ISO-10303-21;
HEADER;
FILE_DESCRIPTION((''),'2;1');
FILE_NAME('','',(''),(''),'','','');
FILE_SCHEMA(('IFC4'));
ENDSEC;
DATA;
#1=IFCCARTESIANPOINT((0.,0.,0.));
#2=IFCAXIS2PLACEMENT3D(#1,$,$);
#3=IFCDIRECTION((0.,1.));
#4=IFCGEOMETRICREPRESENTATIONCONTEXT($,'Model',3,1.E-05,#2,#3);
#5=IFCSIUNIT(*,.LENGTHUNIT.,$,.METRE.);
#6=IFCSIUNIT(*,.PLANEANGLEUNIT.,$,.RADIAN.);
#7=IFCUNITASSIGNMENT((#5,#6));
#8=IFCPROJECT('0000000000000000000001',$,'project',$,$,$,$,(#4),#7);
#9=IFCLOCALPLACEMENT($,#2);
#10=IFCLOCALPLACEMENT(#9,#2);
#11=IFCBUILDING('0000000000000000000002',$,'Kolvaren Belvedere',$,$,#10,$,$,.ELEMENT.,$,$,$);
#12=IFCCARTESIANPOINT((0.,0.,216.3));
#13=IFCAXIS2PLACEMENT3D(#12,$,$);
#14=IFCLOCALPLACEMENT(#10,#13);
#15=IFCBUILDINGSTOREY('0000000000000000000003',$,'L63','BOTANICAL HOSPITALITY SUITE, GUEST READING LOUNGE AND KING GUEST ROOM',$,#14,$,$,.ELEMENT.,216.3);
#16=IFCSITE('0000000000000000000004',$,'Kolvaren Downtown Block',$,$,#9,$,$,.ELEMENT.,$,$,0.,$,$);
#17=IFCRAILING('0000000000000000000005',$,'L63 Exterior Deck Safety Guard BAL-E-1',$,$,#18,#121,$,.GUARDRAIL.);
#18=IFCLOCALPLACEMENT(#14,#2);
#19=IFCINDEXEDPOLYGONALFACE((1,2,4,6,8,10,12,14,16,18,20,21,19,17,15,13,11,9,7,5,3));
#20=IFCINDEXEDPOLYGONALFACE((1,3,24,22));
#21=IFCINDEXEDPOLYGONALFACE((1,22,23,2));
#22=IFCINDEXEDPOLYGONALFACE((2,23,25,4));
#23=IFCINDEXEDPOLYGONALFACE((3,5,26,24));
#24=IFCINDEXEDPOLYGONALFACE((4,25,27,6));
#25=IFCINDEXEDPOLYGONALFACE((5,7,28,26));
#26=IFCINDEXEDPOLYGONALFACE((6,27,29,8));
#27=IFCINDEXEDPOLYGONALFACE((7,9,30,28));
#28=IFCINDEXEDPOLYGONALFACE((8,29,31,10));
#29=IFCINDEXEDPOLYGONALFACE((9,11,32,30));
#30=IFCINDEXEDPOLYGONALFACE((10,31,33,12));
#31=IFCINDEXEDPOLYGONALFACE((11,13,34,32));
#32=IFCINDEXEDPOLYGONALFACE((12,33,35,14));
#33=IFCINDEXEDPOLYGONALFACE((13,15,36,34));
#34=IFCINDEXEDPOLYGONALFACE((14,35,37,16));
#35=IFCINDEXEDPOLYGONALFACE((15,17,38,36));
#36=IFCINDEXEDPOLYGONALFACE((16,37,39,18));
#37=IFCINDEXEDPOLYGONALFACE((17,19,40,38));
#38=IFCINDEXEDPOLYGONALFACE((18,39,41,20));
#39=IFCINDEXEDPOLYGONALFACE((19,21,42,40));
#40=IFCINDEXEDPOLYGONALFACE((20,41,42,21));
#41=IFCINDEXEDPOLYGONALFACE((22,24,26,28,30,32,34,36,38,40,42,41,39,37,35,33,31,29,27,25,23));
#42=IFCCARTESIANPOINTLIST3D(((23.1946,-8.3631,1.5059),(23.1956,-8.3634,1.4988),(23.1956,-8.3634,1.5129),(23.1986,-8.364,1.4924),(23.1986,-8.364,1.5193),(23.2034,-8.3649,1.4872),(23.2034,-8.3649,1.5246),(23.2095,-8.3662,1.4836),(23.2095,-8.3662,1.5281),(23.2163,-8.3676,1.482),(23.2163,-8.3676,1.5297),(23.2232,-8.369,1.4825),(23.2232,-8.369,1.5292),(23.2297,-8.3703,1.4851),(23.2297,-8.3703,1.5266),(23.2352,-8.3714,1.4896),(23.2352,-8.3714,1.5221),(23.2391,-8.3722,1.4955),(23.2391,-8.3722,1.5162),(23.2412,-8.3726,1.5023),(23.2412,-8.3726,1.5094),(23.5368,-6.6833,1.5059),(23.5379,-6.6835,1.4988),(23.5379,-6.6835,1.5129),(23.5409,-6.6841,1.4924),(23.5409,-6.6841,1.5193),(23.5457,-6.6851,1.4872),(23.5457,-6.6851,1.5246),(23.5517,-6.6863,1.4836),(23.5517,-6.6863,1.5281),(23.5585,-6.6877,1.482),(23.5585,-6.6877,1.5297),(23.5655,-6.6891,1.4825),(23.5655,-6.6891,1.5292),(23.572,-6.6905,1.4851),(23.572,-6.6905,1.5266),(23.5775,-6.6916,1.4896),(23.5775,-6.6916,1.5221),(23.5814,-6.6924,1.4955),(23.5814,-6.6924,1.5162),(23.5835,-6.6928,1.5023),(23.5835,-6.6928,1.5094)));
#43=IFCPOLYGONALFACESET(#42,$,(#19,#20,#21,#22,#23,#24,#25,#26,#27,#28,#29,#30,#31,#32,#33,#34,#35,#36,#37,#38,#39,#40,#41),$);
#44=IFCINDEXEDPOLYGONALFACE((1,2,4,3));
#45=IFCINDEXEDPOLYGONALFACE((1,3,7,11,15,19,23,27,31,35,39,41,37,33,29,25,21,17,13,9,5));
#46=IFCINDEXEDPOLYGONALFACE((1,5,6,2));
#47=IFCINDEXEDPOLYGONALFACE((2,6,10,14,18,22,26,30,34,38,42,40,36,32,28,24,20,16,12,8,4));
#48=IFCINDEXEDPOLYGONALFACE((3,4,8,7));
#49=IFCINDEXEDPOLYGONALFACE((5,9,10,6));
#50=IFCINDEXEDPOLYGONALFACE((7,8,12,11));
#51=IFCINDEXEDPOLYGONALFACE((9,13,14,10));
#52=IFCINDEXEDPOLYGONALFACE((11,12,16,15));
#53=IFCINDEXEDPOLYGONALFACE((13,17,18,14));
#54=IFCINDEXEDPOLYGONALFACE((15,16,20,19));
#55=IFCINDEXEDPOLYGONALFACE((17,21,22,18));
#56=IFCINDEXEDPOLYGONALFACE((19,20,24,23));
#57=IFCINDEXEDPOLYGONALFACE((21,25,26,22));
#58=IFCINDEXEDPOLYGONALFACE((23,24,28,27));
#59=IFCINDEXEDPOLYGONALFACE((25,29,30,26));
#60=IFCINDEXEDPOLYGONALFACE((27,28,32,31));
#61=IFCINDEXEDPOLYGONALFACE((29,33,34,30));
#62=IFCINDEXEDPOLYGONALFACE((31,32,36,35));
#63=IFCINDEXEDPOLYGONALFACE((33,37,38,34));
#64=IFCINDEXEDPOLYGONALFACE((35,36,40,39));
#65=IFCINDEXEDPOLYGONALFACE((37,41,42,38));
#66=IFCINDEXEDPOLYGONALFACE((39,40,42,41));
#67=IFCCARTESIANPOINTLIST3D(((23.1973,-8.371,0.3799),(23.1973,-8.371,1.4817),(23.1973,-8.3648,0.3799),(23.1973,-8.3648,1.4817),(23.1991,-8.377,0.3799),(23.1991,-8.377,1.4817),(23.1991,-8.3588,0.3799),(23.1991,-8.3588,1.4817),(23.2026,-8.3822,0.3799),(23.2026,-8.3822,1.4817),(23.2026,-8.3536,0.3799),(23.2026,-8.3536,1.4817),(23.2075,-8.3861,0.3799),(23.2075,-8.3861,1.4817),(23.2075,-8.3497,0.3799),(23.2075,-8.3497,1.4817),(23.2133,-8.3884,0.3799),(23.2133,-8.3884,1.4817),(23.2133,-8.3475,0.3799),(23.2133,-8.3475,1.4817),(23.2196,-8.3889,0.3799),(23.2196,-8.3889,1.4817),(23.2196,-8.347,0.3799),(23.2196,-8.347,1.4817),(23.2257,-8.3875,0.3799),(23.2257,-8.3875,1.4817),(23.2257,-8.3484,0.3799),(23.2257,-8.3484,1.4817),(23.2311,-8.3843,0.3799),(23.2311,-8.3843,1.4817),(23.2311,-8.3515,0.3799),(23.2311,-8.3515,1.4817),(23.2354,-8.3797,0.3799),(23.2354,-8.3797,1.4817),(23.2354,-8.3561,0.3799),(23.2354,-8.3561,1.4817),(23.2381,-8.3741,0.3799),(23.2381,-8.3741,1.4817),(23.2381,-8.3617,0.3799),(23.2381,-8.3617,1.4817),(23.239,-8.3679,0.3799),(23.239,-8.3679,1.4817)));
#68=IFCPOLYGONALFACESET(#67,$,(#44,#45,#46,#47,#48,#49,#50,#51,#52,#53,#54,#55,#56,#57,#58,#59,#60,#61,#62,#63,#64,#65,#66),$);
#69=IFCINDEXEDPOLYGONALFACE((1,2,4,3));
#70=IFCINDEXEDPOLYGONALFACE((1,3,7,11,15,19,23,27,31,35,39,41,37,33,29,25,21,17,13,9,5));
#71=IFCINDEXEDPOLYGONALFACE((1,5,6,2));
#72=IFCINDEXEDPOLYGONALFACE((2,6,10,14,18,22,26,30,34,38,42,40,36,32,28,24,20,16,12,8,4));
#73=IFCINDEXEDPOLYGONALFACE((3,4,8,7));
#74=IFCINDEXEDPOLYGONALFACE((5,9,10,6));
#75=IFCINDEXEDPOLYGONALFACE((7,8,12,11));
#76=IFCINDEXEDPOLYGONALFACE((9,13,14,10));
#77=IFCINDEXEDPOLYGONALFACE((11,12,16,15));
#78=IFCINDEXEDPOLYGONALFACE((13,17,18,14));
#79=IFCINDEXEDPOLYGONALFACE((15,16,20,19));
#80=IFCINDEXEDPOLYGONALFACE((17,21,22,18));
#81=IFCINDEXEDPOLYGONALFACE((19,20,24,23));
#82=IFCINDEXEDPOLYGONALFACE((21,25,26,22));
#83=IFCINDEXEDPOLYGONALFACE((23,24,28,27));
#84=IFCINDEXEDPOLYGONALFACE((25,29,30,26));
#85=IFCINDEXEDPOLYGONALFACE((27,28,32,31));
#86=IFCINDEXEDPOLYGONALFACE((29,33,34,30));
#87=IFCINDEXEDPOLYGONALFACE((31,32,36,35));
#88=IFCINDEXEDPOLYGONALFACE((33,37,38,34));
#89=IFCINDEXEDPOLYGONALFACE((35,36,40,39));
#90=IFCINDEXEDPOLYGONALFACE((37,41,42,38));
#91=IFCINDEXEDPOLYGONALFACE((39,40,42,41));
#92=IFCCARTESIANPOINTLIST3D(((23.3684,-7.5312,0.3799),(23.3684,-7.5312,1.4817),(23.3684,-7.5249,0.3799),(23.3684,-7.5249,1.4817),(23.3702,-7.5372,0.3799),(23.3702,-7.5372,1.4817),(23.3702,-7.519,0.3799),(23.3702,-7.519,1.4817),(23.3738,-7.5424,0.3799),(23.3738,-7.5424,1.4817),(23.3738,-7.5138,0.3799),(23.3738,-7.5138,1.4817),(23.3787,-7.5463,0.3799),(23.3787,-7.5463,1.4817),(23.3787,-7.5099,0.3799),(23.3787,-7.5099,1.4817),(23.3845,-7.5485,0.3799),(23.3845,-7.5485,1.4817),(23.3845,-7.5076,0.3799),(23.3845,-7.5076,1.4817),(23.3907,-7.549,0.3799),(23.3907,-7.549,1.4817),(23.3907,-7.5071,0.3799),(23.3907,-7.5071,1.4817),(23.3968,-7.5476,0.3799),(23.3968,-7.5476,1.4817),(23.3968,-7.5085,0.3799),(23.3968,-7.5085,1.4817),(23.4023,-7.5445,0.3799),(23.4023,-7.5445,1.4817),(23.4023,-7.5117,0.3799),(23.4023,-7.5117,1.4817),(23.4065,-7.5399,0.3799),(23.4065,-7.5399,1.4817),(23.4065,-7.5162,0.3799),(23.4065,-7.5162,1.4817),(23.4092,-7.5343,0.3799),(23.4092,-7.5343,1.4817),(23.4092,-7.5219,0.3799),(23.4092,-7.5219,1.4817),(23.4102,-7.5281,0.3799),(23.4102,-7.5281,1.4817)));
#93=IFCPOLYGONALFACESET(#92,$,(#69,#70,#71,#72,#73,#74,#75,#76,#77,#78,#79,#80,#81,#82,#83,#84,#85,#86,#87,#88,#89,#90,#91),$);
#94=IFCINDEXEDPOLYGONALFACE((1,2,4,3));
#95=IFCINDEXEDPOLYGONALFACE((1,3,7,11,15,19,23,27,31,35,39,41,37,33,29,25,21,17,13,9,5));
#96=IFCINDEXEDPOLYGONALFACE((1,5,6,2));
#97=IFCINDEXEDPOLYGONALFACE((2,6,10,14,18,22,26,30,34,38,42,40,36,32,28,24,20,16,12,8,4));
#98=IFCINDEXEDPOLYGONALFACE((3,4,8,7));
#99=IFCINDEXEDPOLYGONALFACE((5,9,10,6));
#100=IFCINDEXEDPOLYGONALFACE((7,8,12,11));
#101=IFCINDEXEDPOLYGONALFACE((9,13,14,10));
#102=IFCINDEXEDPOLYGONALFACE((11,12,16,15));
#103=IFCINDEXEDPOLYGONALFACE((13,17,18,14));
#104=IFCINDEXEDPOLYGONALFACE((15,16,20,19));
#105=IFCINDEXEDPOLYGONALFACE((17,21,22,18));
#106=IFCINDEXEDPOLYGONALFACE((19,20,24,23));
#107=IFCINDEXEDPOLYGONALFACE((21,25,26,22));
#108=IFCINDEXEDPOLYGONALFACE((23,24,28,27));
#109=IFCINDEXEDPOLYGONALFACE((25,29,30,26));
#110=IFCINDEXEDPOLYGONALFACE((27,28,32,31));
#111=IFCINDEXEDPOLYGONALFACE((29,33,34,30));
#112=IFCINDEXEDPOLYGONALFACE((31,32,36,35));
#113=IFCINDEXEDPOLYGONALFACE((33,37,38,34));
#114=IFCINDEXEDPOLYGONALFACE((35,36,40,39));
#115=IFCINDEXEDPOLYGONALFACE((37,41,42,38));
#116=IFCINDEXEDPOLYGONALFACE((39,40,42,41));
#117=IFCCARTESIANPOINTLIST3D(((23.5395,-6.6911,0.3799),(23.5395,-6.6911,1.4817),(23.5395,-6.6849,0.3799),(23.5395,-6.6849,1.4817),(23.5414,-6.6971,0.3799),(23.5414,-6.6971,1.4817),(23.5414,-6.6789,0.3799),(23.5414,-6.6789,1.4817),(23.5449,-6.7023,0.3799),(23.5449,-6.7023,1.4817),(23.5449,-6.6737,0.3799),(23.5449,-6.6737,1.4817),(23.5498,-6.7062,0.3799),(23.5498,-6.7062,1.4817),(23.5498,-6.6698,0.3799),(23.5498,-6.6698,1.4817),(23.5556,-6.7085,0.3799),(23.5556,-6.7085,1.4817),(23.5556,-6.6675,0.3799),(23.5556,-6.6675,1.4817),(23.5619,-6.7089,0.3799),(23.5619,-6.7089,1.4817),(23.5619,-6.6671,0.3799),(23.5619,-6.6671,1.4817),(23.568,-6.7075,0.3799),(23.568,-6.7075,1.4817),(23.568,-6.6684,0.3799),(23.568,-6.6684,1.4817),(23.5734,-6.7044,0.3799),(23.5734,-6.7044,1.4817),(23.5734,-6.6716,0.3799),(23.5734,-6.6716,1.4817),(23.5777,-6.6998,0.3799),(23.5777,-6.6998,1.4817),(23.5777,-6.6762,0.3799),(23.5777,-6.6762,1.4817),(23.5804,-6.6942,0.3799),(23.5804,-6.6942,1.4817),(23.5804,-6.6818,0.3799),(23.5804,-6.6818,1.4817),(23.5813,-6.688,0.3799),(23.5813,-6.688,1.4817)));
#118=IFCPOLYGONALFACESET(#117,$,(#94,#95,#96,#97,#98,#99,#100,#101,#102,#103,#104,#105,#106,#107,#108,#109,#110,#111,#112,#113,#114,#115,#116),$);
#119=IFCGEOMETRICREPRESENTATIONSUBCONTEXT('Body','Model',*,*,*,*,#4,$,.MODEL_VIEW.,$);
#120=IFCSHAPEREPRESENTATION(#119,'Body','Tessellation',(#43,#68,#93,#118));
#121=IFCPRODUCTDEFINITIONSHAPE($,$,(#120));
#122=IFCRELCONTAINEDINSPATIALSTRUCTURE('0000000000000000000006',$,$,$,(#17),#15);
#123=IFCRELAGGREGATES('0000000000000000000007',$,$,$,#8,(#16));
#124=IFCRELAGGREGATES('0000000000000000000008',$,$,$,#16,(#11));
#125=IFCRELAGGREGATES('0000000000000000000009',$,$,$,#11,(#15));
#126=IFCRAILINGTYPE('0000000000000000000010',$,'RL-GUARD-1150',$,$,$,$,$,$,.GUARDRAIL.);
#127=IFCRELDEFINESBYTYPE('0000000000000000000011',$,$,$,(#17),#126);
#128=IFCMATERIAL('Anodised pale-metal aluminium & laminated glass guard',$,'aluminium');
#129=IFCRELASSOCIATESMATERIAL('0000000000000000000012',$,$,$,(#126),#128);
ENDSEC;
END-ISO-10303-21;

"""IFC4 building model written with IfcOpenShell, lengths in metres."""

from ifc_helpers import new_model, si_unit, direction, frame, origin, origin_2d, place, context, subcontext, project, spatial, circle, extrude, material, type_object, element, save


model = new_model("IFC4")

# Units and contexts
model_context = context("Model", 3, precision=1e-05, world=origin(), true_north=direction((0.0, 1.0)))
body_context = subcontext(model_context, "Body", "Model", "MODEL_VIEW")
ifc_project = project(units=[si_unit("LENGTHUNIT", "METRE"), si_unit("PLANEANGLEUNIT", "RADIAN")], contexts=[model_context])

# Site, building, storey
site_placement = place(None, origin())
site = spatial("IfcSite", under=ifc_project, at=site_placement, Name="Kolvaren Downtown Block", CompositionType="ELEMENT", RefElevation=0.0)
building_placement = place(site_placement, origin())
building = spatial("IfcBuilding", under=site, at=building_placement, Name="Kolvaren Belvedere", CompositionType="ELEMENT")
storey_placement = place(building_placement, frame((0.0, 0.0, 216.3)))
storey = spatial("IfcBuildingStorey", under=building, at=storey_placement, Name="L63", Description="BOTANICAL HOSPITALITY SUITE, GUEST READING LOUNGE AND KING GUEST ROOM", CompositionType="ELEMENT", Elevation=216.3)

# Railing
ifc_material_1 = material(Name="Anodised pale-metal aluminium & laminated glass guard", Category="aluminium")
railing_type = type_object("IfcRailingType", Name="RL-GUARD-1150", PredefinedType="GUARDRAIL", material=ifc_material_1)
railing_1_placement = place(storey_placement, frame((23.218, -8.3679, 0.3799)))
element("IfcRailing", 1, at=railing_1_placement, inside=storey, type_object=railing_type, Name="L63 Exterior Deck Safety Guard BAL-E-1", PredefinedType="GUARDRAIL", context=body_context, shape_type="SweptSolid", body=[
    extrude(circle(Radius=0.0239, at=origin_2d()), frame((0.0, 0.0, 1.126), z_axis=(0.199648, 0.979868, 0.0), x_axis=(-0.979868, 0.199648, 0.0)), (0.0, 0.0, 1.0), 1.7144),
    extrude(circle(Radius=0.021, at=origin_2d()), origin(), (0.0, 0.0, 1.0), 1.1018),
    extrude(circle(Radius=0.021, at=origin_2d()), frame((0.1711, 0.8398, 0.0)), (0.0, 0.0, 1.0), 1.1018),
    extrude(circle(Radius=0.021, at=origin_2d()), frame((0.3423, 1.6799, 0.0)), (0.0, 0.0, 1.0), 1.1018),
])

save(model, "model.ifc")
